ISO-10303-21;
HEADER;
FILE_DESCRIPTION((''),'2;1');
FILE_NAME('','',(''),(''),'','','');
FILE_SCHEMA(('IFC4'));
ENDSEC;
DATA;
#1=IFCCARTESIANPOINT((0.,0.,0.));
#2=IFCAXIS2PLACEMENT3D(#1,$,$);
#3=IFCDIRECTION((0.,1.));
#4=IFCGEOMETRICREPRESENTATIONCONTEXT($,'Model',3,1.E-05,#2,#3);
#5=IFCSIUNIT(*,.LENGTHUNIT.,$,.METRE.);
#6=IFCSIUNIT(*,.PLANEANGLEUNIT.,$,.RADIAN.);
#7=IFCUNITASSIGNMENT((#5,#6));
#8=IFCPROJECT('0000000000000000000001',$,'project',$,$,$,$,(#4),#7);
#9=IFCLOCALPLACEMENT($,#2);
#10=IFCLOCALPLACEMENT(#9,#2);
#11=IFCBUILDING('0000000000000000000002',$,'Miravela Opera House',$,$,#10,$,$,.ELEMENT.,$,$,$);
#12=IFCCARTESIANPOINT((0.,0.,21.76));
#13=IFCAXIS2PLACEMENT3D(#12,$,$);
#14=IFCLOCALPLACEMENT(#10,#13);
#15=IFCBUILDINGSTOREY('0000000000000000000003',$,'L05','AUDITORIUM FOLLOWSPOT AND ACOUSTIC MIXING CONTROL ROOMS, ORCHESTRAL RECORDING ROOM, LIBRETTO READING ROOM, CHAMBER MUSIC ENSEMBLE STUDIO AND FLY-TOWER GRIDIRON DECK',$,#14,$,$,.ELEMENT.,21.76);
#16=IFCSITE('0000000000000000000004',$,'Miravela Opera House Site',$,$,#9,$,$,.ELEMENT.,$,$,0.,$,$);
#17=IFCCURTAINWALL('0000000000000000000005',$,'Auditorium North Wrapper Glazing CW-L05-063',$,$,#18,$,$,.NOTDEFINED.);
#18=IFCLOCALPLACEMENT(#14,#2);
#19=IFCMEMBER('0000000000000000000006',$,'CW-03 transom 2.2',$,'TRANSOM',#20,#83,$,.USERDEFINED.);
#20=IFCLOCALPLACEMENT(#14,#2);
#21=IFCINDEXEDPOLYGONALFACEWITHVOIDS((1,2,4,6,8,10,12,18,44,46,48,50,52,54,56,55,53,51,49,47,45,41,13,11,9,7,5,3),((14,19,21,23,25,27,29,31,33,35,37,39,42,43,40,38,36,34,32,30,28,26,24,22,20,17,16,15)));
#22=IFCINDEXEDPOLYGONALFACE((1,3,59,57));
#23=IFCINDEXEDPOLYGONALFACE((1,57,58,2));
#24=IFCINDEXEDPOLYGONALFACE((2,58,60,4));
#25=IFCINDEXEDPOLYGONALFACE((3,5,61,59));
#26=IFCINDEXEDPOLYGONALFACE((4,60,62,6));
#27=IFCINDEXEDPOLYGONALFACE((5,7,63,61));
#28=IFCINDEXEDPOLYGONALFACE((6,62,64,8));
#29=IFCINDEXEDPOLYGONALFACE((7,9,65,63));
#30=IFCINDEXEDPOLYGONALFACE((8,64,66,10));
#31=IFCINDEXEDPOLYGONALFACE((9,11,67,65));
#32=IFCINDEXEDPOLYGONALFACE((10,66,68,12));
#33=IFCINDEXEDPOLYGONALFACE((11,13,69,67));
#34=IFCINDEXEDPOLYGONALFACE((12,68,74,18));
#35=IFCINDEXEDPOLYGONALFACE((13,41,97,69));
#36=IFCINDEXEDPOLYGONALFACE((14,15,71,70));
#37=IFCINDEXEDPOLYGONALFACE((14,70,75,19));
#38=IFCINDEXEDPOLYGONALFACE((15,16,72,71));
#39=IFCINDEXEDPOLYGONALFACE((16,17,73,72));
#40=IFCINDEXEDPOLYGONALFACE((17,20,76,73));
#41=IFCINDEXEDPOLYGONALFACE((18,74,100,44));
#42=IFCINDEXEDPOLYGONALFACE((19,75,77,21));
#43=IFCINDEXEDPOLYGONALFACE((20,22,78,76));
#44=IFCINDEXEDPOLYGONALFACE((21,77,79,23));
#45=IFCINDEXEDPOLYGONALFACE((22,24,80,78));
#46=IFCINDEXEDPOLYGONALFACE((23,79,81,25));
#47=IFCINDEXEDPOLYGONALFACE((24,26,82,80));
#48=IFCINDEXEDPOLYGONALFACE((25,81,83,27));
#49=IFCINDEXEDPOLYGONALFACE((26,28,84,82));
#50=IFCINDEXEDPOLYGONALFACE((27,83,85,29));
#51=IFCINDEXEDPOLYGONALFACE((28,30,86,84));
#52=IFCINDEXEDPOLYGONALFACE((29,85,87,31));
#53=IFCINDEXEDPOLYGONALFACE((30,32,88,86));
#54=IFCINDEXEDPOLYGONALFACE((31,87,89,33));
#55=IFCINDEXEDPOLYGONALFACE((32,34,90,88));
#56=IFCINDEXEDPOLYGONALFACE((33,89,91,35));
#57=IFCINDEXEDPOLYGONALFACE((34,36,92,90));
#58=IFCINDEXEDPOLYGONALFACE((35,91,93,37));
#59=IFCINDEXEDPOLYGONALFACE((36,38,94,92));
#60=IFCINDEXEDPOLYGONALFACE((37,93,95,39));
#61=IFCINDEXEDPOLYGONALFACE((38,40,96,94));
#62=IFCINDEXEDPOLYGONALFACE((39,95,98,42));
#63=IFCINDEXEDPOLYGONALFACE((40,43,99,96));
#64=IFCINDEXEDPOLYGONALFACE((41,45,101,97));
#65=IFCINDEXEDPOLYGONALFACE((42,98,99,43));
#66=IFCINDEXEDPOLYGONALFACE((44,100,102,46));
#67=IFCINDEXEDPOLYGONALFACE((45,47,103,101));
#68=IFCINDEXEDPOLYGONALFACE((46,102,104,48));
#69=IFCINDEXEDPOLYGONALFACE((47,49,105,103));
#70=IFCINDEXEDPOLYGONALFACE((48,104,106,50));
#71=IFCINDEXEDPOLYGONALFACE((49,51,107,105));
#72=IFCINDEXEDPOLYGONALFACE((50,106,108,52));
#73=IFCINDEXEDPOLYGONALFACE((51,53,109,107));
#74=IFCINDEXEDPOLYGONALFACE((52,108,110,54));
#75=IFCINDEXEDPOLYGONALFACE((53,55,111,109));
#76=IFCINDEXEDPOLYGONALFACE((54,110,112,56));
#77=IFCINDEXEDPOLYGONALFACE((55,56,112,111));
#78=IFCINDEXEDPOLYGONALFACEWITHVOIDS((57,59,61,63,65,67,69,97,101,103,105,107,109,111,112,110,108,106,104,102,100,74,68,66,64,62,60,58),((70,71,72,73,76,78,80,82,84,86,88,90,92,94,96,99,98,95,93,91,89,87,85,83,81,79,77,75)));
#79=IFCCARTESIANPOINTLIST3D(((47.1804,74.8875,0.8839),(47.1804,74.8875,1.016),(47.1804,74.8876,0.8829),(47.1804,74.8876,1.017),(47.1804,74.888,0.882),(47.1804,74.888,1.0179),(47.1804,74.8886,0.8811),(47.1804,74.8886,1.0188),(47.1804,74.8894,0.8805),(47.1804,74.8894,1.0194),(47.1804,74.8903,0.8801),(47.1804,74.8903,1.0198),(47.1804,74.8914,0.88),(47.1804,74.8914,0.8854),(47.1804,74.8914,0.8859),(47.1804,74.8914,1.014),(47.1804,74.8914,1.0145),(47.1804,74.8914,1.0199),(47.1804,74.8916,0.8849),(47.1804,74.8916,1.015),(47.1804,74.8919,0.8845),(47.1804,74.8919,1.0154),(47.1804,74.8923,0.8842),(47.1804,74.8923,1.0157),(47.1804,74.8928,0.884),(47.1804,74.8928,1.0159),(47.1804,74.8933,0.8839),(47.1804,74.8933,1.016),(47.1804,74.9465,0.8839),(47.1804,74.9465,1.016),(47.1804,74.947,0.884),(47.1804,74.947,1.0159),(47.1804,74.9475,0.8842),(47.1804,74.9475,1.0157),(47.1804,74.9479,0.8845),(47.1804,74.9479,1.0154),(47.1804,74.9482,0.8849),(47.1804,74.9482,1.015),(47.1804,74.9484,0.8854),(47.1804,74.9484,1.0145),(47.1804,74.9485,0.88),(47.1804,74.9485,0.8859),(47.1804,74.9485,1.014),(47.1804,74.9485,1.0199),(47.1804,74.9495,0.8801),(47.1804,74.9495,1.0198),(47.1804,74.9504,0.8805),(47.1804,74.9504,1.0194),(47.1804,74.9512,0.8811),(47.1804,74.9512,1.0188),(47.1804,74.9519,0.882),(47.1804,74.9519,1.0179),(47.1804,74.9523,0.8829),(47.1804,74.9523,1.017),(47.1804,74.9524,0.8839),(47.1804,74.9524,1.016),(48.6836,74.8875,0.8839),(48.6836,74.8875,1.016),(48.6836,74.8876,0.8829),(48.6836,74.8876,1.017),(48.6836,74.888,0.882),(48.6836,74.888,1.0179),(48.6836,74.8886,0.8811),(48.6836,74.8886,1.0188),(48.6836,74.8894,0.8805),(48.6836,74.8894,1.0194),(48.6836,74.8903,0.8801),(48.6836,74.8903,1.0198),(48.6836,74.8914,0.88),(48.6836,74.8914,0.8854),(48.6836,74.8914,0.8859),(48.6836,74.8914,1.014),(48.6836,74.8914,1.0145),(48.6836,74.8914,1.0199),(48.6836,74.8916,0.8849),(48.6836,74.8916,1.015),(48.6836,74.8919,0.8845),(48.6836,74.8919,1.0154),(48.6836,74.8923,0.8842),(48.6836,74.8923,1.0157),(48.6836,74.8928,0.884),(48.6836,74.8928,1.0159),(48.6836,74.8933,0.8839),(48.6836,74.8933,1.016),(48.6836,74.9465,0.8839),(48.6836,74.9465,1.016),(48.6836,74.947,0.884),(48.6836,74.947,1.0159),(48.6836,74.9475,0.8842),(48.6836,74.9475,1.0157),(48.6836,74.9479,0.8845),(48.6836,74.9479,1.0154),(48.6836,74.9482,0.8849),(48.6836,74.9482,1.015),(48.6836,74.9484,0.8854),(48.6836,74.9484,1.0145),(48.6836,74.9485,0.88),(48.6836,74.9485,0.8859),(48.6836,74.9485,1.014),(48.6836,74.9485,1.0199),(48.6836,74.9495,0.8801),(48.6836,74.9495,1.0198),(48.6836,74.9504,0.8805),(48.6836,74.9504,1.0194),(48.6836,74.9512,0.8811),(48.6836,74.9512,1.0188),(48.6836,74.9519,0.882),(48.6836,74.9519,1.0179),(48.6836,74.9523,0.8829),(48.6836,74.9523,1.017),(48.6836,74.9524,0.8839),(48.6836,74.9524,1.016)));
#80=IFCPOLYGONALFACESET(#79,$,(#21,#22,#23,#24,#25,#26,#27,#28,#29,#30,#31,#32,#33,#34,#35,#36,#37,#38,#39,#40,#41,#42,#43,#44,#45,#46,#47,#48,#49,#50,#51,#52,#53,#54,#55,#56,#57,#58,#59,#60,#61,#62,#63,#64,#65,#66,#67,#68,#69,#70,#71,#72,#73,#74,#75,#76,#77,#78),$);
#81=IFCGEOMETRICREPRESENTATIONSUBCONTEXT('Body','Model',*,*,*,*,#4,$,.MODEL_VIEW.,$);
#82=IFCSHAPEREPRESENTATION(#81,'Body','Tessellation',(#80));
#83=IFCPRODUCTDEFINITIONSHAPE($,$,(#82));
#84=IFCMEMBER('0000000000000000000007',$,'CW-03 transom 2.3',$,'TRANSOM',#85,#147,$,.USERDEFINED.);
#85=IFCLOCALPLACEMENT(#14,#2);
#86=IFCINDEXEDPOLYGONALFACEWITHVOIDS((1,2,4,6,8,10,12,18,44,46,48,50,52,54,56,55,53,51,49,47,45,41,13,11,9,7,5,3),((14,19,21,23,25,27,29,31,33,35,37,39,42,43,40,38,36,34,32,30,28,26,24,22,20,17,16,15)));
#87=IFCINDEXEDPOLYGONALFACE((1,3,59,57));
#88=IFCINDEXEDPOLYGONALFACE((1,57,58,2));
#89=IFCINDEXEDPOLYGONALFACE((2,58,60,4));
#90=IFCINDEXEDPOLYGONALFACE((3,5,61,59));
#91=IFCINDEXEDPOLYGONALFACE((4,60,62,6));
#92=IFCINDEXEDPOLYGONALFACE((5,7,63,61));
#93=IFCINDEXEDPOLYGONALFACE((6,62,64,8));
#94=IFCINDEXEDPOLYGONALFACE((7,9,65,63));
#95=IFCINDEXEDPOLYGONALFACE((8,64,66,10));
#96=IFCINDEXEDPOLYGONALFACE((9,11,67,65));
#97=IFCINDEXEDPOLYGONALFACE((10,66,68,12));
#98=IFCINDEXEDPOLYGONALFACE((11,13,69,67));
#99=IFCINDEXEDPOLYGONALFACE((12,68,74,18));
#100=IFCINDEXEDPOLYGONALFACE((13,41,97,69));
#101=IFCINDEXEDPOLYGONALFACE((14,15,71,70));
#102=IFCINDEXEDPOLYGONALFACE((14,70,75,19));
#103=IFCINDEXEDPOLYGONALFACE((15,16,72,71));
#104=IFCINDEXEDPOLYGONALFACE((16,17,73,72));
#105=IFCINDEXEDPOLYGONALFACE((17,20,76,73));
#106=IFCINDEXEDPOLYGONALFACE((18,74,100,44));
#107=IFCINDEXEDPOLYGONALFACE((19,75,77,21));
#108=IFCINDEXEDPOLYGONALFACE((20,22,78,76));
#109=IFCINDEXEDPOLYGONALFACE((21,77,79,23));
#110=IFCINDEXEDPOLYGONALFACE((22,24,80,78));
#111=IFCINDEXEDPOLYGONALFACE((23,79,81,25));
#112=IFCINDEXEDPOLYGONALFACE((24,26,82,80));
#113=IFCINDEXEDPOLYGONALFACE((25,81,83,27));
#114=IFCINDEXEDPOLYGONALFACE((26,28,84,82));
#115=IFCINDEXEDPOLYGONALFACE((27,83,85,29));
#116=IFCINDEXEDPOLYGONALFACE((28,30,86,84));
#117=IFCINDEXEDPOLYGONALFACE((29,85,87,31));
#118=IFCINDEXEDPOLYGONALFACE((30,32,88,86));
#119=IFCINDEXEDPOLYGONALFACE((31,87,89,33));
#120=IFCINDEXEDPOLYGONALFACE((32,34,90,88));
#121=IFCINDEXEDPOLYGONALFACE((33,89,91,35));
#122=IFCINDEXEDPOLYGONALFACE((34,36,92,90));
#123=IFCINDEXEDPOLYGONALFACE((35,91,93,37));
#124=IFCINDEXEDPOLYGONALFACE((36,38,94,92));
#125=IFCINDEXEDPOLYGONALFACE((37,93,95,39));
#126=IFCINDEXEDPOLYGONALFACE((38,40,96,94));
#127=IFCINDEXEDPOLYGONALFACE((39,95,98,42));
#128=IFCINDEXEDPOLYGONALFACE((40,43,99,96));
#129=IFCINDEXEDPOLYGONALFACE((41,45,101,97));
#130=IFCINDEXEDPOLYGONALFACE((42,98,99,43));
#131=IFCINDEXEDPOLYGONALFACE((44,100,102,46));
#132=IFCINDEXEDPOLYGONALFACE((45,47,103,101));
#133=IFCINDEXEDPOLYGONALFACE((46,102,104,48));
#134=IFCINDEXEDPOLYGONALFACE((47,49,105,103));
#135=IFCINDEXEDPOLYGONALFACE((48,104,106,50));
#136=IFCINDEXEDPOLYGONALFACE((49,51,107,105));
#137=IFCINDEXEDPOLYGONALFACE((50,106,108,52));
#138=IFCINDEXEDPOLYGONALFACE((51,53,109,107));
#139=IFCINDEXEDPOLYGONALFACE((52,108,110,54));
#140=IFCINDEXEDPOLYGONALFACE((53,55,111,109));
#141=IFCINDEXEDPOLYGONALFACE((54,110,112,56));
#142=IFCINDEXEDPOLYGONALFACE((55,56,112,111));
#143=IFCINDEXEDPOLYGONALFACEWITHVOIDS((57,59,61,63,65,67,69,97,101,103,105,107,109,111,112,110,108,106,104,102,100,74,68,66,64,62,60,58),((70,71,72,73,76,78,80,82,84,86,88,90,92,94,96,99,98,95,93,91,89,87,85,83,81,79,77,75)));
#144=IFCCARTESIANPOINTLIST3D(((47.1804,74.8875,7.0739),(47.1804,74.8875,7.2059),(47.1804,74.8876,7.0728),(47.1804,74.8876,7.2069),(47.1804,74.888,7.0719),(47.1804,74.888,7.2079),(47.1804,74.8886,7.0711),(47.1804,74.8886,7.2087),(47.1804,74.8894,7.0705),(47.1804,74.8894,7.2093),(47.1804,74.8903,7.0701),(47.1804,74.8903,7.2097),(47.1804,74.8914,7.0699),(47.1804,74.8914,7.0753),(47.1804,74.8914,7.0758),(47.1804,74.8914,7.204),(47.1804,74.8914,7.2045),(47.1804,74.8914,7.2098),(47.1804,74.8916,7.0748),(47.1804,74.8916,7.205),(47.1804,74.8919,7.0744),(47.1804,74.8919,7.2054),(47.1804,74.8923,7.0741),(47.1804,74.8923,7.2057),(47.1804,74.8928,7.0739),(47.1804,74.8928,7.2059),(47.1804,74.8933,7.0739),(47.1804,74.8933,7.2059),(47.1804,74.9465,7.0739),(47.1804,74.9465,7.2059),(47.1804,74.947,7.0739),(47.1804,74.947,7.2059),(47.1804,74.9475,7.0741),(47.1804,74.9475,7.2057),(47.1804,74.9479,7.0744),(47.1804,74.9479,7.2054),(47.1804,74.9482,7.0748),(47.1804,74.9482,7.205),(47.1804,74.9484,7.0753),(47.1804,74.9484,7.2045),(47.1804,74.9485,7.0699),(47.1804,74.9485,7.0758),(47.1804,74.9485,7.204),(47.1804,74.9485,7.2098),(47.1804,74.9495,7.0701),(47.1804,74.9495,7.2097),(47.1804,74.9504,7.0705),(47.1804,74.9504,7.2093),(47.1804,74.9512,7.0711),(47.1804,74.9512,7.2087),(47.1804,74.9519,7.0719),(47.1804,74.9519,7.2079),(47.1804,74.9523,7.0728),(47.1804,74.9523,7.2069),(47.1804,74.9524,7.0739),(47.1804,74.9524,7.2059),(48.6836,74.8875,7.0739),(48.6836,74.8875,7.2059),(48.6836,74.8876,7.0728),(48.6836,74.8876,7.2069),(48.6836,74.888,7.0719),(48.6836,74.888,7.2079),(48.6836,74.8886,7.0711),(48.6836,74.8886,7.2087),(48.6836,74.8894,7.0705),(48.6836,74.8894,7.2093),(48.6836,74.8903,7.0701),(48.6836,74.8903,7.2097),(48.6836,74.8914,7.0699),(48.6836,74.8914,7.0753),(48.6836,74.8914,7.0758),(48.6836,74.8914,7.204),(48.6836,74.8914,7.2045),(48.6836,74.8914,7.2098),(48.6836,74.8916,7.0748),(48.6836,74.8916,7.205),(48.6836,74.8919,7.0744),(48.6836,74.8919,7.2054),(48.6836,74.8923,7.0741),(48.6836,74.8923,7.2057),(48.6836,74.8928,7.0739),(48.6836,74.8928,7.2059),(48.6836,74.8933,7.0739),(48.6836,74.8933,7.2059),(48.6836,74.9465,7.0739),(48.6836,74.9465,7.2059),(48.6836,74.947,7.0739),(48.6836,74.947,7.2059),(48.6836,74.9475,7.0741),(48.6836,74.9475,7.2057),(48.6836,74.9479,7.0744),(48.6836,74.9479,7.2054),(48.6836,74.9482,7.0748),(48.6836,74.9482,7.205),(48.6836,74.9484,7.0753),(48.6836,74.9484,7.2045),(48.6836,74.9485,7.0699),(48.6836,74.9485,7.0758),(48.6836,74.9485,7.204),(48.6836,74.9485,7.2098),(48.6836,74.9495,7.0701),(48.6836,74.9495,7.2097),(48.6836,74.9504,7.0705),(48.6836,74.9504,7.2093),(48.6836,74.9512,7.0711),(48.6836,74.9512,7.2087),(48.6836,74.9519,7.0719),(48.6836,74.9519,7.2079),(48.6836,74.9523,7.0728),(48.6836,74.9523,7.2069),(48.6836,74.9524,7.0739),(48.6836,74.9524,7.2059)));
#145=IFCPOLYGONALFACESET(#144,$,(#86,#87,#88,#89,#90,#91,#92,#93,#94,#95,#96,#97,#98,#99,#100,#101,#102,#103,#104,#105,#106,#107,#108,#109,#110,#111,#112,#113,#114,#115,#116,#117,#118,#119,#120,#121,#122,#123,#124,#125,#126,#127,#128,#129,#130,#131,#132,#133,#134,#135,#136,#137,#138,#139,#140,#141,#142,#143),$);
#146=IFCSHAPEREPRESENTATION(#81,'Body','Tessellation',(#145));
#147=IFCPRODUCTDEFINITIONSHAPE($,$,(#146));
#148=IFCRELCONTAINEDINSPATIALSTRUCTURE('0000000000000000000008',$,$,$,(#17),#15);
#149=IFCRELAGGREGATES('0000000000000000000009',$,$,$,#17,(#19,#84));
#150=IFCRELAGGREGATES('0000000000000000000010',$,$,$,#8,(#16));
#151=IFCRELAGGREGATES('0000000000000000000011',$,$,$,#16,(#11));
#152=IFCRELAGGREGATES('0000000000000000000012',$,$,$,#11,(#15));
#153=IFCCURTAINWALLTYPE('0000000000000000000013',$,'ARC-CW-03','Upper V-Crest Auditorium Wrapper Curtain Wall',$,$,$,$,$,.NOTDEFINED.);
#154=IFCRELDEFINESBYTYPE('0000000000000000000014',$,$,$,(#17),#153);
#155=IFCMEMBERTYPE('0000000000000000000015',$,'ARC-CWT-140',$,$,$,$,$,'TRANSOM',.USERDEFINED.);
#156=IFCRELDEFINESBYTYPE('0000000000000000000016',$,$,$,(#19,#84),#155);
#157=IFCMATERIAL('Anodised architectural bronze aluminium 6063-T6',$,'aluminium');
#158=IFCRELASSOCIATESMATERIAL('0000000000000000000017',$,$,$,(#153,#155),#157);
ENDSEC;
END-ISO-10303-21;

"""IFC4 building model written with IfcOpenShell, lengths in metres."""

from ifc_helpers import new_model, si_unit, direction, frame, origin, origin_2d, place, context, subcontext, project, spatial, hollow_rectangle, extrude, material, material_profile, profile_set, type_object, element, aggregate, save


model = new_model("IFC4")

# Units and contexts
model_context = context("Model", 3, precision=1e-05, world=origin(), true_north=direction((0.0, 1.0)))
body_context = subcontext(model_context, "Body", "Model", "MODEL_VIEW")
ifc_project = project(units=[si_unit("LENGTHUNIT", "METRE"), si_unit("PLANEANGLEUNIT", "RADIAN")], contexts=[model_context])

# Site, building, storey
site_placement = place(None, origin())
site = spatial("IfcSite", under=ifc_project, at=site_placement, Name="Miravela Opera House Site", CompositionType="ELEMENT", RefElevation=0.0)
building_placement = place(site_placement, origin())
building = spatial("IfcBuilding", under=site, at=building_placement, Name="Miravela Opera House", CompositionType="ELEMENT")
storey_placement = place(building_placement, frame((0.0, 0.0, 21.76)))
storey = spatial("IfcBuildingStorey", under=building, at=storey_placement, Name="L05", Description="AUDITORIUM FOLLOWSPOT AND ACOUSTIC MIXING CONTROL ROOMS, ORCHESTRAL RECORDING ROOM, LIBRETTO READING ROOM, CHAMBER MUSIC ENSEMBLE STUDIO AND FLY-TOWER GRIDIRON DECK", CompositionType="ELEMENT", Elevation=21.76)

# Curtain wall, members
ifc_material_1 = material(Name="Anodised architectural bronze aluminium 6063-T6", Category="aluminium")
curtain_wall_type = type_object("IfcCurtainWallType", Name="ARC-CW-03", Description="Upper V-Crest Auditorium Wrapper Curtain Wall", PredefinedType="NOTDEFINED", material=ifc_material_1)
curtain_wall_placement = place(storey_placement, origin())
curtain_wall = element("IfcCurtainWall", 1, at=curtain_wall_placement, inside=storey, type_object=curtain_wall_type, Name="Auditorium North Wrapper Glazing CW-L05-063", PredefinedType="NOTDEFINED")
ifc_material_profile_1 = material_profile(ifc_material_1, hollow_rectangle(XDim=0.0649, YDim=0.1399, WallThickness=0.0039, InnerFilletRadius=0.002, OuterFilletRadius=0.0039, at=origin_2d()), Name="CWT-65X140")
ifc_profile_set_1 = profile_set([ifc_material_profile_1])
member_type_1 = type_object("IfcMemberType", Name="ARC-CWT-140", ElementType="TRANSOM", PredefinedType="USERDEFINED", material=ifc_profile_set_1)
member_1_placement = place(storey_placement, frame((47.1804, 74.9199, 0.95), z_axis=(1.0, 0.0, 0.0), x_axis=(0.0, 1.0, 0.0)))
member_1 = element("IfcMember", 2, at=member_1_placement, type_object=member_type_1, Name="CW-03 transom 2.2", ObjectType="TRANSOM", PredefinedType="USERDEFINED", context=body_context, shape_type="SweptSolid", body=[
    extrude(hollow_rectangle(XDim=0.0649, YDim=0.1399, WallThickness=0.0039, InnerFilletRadius=0.002, OuterFilletRadius=0.0039, at=origin_2d()), origin(), (0.0, 0.0, 1.0), 1.5032),
])
member_2_placement = place(storey_placement, frame((47.1804, 74.9199, 7.1399), z_axis=(1.0, 0.0, 0.0), x_axis=(0.0, 1.0, 0.0)))
member_2 = element("IfcMember", 3, at=member_2_placement, type_object=member_type_1, Name="CW-03 transom 2.3", ObjectType="TRANSOM", PredefinedType="USERDEFINED", context=body_context, shape_type="SweptSolid", body=[
    extrude(hollow_rectangle(XDim=0.0649, YDim=0.1399, WallThickness=0.0039, InnerFilletRadius=0.002, OuterFilletRadius=0.0039, at=origin_2d()), origin(), (0.0, 0.0, 1.0), 1.5032),
])

aggregate(curtain_wall, [member_1, member_2])

save(model, "model.ifc")
